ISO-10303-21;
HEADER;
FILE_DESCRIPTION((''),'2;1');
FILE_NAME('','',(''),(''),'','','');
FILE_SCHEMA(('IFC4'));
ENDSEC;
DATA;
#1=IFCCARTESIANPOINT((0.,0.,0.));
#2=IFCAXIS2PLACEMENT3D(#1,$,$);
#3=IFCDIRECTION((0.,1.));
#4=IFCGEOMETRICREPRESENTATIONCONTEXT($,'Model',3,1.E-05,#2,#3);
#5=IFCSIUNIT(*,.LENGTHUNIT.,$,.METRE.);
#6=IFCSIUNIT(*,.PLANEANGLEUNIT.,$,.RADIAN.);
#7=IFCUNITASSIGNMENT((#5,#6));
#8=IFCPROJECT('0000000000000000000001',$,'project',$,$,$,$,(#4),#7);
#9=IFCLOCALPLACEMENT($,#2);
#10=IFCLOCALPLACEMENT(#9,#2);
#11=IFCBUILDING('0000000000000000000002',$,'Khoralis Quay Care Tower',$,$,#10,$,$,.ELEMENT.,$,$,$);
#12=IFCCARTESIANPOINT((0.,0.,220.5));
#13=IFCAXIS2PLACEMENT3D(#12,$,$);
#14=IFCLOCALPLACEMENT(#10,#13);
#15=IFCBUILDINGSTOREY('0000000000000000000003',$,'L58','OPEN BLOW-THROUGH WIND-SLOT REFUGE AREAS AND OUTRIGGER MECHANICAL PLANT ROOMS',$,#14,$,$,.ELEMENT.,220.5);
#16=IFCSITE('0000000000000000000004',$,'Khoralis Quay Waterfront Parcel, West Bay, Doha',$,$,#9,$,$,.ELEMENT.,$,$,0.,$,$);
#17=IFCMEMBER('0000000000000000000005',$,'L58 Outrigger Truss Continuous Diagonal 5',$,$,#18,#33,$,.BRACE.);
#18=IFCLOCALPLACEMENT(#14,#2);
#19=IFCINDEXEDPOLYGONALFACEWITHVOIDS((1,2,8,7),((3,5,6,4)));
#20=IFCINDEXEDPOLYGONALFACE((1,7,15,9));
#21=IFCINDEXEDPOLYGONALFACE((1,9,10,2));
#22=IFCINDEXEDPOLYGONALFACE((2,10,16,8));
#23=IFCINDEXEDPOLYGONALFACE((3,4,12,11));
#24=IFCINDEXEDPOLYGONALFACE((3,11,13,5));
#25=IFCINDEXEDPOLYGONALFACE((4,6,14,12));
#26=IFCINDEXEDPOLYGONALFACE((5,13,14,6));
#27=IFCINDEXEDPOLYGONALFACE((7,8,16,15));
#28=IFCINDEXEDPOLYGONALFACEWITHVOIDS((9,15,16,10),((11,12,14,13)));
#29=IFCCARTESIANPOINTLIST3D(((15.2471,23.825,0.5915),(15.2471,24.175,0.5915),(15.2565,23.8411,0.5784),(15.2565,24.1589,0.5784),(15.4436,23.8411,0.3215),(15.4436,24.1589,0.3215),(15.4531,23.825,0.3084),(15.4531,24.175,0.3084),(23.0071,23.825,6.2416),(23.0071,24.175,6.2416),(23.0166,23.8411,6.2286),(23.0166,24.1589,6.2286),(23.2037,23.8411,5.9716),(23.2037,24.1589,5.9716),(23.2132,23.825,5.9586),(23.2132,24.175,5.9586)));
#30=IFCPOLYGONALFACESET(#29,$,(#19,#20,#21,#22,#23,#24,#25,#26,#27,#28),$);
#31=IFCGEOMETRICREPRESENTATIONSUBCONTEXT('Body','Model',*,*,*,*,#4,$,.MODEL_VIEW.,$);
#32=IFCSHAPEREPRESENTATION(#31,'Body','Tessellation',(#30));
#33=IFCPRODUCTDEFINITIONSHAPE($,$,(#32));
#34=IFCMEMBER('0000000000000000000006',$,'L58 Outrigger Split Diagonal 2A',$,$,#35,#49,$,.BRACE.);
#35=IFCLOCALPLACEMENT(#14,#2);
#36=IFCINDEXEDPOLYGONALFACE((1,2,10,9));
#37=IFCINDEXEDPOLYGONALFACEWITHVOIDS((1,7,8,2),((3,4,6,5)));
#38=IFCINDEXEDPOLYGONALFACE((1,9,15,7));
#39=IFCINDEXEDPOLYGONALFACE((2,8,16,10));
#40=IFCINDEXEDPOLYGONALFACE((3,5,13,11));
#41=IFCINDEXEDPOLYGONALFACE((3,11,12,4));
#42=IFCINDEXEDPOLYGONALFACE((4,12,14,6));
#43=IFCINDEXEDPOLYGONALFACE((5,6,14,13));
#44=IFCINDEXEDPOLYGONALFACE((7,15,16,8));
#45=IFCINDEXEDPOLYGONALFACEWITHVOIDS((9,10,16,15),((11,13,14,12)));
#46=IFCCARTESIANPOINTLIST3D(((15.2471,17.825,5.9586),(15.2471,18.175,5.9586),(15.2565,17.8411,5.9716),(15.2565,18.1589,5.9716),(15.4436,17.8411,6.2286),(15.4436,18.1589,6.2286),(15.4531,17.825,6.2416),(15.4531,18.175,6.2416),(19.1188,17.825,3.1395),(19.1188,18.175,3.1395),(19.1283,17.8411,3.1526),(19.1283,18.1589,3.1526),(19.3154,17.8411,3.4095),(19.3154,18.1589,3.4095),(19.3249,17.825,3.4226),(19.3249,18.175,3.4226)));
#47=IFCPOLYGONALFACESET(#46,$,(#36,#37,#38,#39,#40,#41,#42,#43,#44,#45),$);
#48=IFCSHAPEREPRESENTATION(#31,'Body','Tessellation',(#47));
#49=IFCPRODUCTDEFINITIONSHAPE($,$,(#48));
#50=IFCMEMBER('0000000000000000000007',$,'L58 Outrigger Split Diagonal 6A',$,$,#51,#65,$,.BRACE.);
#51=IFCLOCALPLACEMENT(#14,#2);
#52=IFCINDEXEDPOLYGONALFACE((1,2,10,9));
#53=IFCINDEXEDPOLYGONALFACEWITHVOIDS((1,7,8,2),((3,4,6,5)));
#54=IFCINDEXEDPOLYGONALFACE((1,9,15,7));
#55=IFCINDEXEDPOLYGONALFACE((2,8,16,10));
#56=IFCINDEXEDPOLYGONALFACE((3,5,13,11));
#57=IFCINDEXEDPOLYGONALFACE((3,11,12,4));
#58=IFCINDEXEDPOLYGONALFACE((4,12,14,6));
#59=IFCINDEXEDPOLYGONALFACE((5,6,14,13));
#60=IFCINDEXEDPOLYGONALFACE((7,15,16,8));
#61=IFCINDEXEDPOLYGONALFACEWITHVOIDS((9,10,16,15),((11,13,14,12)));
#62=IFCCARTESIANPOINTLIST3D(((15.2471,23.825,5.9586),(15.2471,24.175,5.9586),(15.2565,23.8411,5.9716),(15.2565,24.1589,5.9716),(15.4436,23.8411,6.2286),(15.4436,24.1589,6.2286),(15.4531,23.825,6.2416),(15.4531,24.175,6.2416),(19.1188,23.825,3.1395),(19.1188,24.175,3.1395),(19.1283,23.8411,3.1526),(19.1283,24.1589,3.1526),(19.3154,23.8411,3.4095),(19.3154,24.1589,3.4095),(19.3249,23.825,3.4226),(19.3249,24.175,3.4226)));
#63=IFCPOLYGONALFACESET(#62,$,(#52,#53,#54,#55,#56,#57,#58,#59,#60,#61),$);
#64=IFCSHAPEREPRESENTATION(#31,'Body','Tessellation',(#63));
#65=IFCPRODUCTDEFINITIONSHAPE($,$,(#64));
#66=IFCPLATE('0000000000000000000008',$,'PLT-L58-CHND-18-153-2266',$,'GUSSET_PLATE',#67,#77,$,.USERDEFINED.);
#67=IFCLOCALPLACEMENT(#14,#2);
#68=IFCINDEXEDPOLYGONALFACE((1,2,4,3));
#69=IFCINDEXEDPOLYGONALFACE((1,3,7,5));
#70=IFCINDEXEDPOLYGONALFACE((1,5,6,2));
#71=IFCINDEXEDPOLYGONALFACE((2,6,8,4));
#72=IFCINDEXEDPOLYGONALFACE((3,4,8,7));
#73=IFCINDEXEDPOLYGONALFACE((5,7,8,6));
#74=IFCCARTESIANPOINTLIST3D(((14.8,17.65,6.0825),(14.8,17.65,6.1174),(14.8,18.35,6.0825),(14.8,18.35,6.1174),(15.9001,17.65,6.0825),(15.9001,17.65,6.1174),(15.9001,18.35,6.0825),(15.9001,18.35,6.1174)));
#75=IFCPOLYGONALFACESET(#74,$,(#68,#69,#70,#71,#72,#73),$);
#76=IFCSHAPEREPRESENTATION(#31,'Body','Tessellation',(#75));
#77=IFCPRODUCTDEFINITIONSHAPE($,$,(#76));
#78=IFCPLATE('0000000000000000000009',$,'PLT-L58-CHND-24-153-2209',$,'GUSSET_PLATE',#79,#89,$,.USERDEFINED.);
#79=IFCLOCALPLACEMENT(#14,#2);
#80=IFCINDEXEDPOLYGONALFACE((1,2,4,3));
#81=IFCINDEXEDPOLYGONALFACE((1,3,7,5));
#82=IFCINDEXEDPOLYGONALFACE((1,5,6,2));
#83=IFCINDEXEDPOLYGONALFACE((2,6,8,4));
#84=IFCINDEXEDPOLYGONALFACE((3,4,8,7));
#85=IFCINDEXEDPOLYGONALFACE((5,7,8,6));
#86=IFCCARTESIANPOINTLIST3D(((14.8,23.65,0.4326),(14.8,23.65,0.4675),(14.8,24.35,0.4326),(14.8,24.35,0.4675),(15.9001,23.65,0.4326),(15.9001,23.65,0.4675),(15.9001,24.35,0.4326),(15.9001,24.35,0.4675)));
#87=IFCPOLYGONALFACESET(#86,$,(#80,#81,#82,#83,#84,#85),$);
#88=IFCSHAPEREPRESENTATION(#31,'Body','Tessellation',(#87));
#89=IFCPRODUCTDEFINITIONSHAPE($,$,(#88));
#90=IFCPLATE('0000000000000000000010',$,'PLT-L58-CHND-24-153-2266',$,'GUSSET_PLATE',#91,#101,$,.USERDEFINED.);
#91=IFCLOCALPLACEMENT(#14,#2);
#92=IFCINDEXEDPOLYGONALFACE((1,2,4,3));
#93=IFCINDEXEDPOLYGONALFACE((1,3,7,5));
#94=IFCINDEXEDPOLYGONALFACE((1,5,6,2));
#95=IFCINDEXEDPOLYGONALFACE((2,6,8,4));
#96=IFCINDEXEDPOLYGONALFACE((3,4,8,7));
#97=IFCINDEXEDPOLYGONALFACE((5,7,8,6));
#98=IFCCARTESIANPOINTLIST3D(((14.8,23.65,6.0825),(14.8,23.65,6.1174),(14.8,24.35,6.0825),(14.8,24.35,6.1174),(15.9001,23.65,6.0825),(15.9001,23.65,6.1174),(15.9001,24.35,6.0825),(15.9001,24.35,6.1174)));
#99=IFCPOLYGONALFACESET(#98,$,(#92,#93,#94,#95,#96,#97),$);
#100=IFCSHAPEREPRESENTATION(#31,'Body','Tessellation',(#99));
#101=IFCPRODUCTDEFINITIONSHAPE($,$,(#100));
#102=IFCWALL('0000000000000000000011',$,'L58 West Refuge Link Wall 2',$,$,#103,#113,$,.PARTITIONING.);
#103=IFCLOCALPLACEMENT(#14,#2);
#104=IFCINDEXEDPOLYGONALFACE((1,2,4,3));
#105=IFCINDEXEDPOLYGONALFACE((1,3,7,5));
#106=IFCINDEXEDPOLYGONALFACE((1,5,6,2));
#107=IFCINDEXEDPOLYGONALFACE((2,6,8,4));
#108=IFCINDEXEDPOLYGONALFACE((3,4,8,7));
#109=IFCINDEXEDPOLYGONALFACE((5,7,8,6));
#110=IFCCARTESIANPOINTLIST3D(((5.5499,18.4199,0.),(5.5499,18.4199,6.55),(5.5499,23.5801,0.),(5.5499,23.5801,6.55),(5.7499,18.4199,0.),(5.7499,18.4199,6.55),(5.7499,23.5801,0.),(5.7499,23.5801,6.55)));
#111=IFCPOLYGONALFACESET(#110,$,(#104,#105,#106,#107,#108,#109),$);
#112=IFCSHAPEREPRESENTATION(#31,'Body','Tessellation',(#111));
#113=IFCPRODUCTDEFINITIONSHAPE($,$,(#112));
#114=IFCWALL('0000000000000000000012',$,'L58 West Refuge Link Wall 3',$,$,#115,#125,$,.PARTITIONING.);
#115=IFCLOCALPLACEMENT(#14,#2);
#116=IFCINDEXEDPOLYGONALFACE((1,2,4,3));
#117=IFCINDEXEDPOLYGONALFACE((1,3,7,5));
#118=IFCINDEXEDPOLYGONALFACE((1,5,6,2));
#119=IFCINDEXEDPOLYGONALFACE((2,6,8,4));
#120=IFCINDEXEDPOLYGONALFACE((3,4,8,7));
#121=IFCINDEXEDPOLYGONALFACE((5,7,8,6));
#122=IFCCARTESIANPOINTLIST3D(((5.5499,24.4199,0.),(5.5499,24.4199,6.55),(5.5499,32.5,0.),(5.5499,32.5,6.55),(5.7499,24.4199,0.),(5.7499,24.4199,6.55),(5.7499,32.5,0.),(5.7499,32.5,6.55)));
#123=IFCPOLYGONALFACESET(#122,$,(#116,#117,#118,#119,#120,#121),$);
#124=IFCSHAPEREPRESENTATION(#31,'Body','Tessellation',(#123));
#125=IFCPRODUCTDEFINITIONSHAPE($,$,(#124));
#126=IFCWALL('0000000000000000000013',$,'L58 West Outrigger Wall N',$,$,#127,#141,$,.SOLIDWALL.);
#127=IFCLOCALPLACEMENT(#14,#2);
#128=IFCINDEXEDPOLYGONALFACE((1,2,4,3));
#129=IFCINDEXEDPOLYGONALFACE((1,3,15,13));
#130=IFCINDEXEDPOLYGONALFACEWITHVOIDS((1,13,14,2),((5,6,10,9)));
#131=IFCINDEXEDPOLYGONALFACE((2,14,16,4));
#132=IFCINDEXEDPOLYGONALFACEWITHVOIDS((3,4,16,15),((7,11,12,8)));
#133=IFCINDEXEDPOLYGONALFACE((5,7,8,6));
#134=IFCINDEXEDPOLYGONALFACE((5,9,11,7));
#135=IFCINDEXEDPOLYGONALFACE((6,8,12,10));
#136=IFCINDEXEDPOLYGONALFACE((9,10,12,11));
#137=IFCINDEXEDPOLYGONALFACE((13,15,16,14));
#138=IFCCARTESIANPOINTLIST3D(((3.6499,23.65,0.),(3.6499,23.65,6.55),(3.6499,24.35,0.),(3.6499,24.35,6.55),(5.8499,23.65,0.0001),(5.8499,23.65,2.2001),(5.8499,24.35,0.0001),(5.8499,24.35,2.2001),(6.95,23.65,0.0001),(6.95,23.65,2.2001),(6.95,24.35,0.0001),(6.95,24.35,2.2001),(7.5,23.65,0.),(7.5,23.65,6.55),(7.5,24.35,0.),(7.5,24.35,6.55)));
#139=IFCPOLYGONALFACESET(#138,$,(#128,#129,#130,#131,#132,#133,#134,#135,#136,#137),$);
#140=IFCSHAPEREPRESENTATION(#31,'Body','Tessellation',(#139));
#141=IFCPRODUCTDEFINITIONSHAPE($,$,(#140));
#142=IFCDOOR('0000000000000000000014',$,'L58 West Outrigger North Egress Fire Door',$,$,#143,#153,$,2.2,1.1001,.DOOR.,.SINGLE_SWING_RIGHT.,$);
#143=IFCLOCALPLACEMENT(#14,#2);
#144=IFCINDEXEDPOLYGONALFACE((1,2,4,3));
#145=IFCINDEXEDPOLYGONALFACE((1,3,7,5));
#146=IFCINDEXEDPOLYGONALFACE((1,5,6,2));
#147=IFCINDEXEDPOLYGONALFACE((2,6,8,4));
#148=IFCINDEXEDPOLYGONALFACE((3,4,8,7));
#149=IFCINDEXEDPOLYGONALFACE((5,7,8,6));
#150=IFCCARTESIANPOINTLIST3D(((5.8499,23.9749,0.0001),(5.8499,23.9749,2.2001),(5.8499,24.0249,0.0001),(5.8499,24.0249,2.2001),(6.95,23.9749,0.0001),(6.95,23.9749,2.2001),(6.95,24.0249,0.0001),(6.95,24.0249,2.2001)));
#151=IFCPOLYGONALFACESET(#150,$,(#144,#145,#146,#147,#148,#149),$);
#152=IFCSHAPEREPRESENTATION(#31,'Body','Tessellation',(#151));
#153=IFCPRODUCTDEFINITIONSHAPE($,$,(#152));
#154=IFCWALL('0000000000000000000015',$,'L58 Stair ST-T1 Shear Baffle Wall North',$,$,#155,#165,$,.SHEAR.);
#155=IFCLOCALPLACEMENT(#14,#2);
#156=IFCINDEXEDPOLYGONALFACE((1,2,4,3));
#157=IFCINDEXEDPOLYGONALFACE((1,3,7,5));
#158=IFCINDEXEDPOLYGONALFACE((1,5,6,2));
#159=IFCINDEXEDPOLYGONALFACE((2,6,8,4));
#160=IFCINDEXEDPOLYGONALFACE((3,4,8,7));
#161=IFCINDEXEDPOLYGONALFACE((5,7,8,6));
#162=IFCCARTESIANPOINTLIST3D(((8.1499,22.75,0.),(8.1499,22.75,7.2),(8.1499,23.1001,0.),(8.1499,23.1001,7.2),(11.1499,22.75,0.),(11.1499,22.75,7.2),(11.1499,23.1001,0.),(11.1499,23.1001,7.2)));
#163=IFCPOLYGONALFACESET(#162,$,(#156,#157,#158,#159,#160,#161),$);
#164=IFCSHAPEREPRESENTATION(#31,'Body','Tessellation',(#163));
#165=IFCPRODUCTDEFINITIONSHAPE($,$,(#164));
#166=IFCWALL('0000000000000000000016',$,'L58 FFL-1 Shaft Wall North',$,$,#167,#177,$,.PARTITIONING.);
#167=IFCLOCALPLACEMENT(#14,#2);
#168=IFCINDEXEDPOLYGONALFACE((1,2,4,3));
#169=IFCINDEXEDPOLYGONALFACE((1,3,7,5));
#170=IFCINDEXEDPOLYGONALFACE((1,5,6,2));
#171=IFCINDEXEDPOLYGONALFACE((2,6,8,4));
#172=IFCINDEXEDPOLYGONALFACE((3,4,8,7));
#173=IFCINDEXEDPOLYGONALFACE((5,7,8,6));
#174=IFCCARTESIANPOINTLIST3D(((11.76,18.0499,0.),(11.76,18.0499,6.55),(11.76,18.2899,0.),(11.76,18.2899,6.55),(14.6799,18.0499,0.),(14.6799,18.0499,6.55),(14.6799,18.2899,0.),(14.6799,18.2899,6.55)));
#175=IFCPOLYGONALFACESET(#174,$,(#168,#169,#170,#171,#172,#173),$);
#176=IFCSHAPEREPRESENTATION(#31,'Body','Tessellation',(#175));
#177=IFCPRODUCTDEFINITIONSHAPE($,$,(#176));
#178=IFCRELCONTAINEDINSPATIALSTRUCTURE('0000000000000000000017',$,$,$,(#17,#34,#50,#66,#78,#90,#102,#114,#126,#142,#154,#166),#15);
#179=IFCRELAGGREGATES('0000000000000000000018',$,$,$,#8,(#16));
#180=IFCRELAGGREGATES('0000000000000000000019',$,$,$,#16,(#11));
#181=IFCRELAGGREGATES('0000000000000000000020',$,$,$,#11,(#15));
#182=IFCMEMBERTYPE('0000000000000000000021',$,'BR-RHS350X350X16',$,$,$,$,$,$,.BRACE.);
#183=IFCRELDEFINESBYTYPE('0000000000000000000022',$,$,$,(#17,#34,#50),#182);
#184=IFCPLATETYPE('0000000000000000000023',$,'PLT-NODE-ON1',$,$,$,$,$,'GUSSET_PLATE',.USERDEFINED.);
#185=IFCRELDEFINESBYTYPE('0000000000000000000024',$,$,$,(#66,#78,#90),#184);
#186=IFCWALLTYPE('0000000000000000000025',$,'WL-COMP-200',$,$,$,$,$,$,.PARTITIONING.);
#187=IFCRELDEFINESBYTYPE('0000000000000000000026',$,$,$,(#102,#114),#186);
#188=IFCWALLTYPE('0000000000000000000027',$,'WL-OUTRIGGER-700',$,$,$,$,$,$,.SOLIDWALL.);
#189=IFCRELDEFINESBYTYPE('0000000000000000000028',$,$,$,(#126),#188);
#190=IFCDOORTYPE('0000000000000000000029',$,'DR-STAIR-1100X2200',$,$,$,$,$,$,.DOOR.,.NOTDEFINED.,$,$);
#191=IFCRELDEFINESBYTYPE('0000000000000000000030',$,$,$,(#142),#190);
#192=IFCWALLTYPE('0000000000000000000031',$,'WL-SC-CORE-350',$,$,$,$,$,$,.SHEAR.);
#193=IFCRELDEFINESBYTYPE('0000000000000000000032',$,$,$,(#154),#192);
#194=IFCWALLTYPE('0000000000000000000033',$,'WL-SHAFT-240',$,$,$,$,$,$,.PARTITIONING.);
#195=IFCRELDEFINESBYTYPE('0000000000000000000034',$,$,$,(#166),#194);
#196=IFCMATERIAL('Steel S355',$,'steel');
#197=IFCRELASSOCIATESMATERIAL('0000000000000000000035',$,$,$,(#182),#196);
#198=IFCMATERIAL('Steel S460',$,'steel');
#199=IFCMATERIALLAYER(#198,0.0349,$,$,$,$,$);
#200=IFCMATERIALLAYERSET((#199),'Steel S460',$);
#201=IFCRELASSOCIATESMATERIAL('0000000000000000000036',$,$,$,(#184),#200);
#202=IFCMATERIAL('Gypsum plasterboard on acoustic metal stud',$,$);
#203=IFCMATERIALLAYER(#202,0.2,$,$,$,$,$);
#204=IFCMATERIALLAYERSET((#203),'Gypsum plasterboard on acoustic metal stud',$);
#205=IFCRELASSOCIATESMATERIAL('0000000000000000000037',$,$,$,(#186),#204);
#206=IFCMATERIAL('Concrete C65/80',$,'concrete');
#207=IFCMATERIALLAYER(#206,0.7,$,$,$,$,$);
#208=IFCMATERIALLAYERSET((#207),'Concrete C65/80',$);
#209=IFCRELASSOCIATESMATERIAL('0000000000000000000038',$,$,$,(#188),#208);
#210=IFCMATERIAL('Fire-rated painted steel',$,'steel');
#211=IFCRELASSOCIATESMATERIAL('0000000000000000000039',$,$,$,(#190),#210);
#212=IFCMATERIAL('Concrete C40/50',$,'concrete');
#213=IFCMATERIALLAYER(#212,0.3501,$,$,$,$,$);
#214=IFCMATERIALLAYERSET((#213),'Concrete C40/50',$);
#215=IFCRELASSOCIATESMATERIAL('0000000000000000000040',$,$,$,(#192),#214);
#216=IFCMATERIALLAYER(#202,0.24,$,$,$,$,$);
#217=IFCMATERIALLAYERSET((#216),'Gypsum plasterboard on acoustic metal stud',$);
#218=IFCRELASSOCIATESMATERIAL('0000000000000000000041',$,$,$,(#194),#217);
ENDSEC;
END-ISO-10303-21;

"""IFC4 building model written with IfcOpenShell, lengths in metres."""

from ifc_helpers import new_model, si_unit, direction, frame, frame_2d, origin, origin_2d, place, context, subcontext, project, spatial, rectangle, hollow_rectangle, extrude, source, transform, mapped, material, layer, layer_set, material_profile, profile_set, type_object, element, fill, save


model = new_model("IFC4")

# Units and contexts
model_context = context("Model", 3, precision=1e-05, world=origin(), true_north=direction((0.0, 1.0)))
body_context = subcontext(model_context, "Body", "Model", "MODEL_VIEW")
ifc_project = project(units=[si_unit("LENGTHUNIT", "METRE"), si_unit("PLANEANGLEUNIT", "RADIAN")], contexts=[model_context])

# Site, building, storey
site_placement = place(None, origin())
site = spatial("IfcSite", under=ifc_project, at=site_placement, Name="Khoralis Quay Waterfront Parcel, West Bay, Doha", CompositionType="ELEMENT", RefElevation=0.0)
building_placement = place(site_placement, origin())
building = spatial("IfcBuilding", under=site, at=building_placement, Name="Khoralis Quay Care Tower", CompositionType="ELEMENT")
storey_placement = place(building_placement, frame((0.0, 0.0, 220.5)))
storey = spatial("IfcBuildingStorey", under=building, at=storey_placement, Name="L58", Description="OPEN BLOW-THROUGH WIND-SLOT REFUGE AREAS AND OUTRIGGER MECHANICAL PLANT ROOMS", CompositionType="ELEMENT", Elevation=220.5)

# Shared definitions
ifc_material_1 = material(Name="Concrete C65/80", Category="concrete")

# Shared definitions
ifc_material_2 = material(Name="Steel S355", Category="steel")

# Members
ifc_material_profile_1 = material_profile(ifc_material_2, hollow_rectangle(XDim=0.3501, YDim=0.3501, WallThickness=0.0161, at=origin_2d()), Name="Steel S355")
ifc_profile_set_1 = profile_set([ifc_material_profile_1], Name="Steel S355")
member_type_1 = type_object("IfcMemberType", Name="BR-RHS350X350X16", PredefinedType="BRACE", material=ifc_profile_set_1)
shared_shape_1 = source(origin(), body_context, "Body", "SweptSolid", [
    extrude(hollow_rectangle(XDim=0.3501, YDim=0.3501, WallThickness=0.0161, at=origin_2d()), origin(), (0.0, 0.0, 1.0), 9.5991),
])
for number, where, z_axis, x_axis, name in (
    (1, (15.3501, 24.0, 0.45), (0.808414, 0.0, 0.588615), (0.0, 1.0, 0.0), "L58 Outrigger Truss Continuous Diagonal 5"),
):
    element("IfcMember", number, at=place(storey_placement, frame(where, z_axis=z_axis, x_axis=x_axis)), inside=storey, type_object=member_type_1, Name=name, PredefinedType="BRACE", context=body_context, shape_type="MappedRepresentation", body=[
        mapped(shared_shape_1, transform((0.0, 0.0, 0.0), scale=1.0)),
    ])
shared_shape_2 = source(origin(), body_context, "Body", "SweptSolid", [
    extrude(hollow_rectangle(XDim=0.3501, YDim=0.3501, WallThickness=0.0161, at=origin_2d()), origin(), (0.0, 0.0, 1.0), 4.7893),
])
for number, where, z_axis, x_axis, name in (
    (2, (15.3501, 18.0, 6.1001), (0.808416, 0.0, -0.588611), (0.0, 1.0, 0.0), "L58 Outrigger Split Diagonal 2A"),
    (3, (15.3501, 24.0, 6.1001), (0.808416, 0.0, -0.588611), (0.0, 1.0, 0.0), "L58 Outrigger Split Diagonal 6A"),
):
    element("IfcMember", number, at=place(storey_placement, frame(where, z_axis=z_axis, x_axis=x_axis)), inside=storey, type_object=member_type_1, Name=name, PredefinedType="BRACE", context=body_context, shape_type="MappedRepresentation", body=[
        mapped(shared_shape_2, transform((0.0, 0.0, 0.0), scale=1.0)),
    ])

# Plates
ifc_material_3 = material(Name="Steel S460", Category="steel")
ifc_layer_1 = layer(ifc_material_3, 0.0349)
ifc_layer_set_1 = layer_set([ifc_layer_1], Name="Steel S460")
plate_type = type_object("IfcPlateType", Name="PLT-NODE-ON1", ElementType="GUSSET_PLATE", PredefinedType="USERDEFINED", material=ifc_layer_set_1)
shared_shape_3 = source(origin(), body_context, "Body", "SweptSolid", [
    extrude(rectangle(XDim=1.1001, YDim=0.7, at=origin_2d()), origin(), (0.0, 0.0, 1.0), 0.0349),
])
for number, where, z_axis, x_axis, name in (
    (4, (15.3501, 18.0, 6.0825), (0.0, 0.0, 1.0), (1.0, 0.0, 0.0), "PLT-L58-CHND-18-153-2266"),
    (5, (15.3501, 24.0, 0.4326), (0.0, 0.0, 1.0), (1.0, 0.0, 0.0), "PLT-L58-CHND-24-153-2209"),
    (6, (15.3501, 24.0, 6.0825), (0.0, 0.0, 1.0), (1.0, 0.0, 0.0), "PLT-L58-CHND-24-153-2266"),
):
    element("IfcPlate", number, at=place(storey_placement, frame(where, z_axis=z_axis, x_axis=x_axis)), inside=storey, type_object=plate_type, Name=name, ObjectType="GUSSET_PLATE", PredefinedType="USERDEFINED", context=body_context, shape_type="MappedRepresentation", body=[
        mapped(shared_shape_3, transform((0.0, 0.0, 0.0), scale=1.0)),
    ])

# Walls
ifc_material_4 = material(Name="Gypsum plasterboard on acoustic metal stud")
ifc_layer_2 = layer(ifc_material_4, 0.2)
ifc_layer_set_2 = layer_set([ifc_layer_2], Name="Gypsum plasterboard on acoustic metal stud")
wall_type_1 = type_object("IfcWallType", Name="WL-COMP-200", PredefinedType="PARTITIONING", material=ifc_layer_set_2)
wall_1_placement = place(storey_placement, frame((5.6499, 18.4199, 0.0), z_axis=(0.0, 0.0, 1.0), x_axis=(0.0, 1.0, 0.0)))
element("IfcWall", 7, at=wall_1_placement, inside=storey, type_object=wall_type_1, Name="L58 West Refuge Link Wall 2", PredefinedType="PARTITIONING", context=body_context, shape_type="SweptSolid", body=[
    extrude(rectangle(XDim=5.1602, YDim=0.2, at=frame_2d((2.5801, 0.0))), origin(), (0.0, 0.0, 1.0), 6.55),
])
wall_2_placement = place(storey_placement, frame((5.6499, 24.4199, 0.0), z_axis=(0.0, 0.0, 1.0), x_axis=(0.0, 1.0, 0.0)))
element("IfcWall", 8, at=wall_2_placement, inside=storey, type_object=wall_type_1, Name="L58 West Refuge Link Wall 3", PredefinedType="PARTITIONING", context=body_context, shape_type="SweptSolid", body=[
    extrude(rectangle(XDim=8.0801, YDim=0.2, at=frame_2d((4.04, 0.0))), origin(), (0.0, 0.0, 1.0), 6.55),
])

# Wall, opening, door
ifc_layer_3 = layer(ifc_material_1, 0.7)
ifc_layer_set_3 = layer_set([ifc_layer_3], Name="Concrete C65/80")
wall_type_2 = type_object("IfcWallType", Name="WL-OUTRIGGER-700", PredefinedType="SOLIDWALL", material=ifc_layer_set_3)
wall_3_placement = place(storey_placement, frame((3.6499, 24.0, 0.0), z_axis=(0.0, 0.0, 1.0), x_axis=(1.0, 0.0, 0.0)))
wall_3 = element("IfcWall", 9, at=wall_3_placement, inside=storey, type_object=wall_type_2, Name="L58 West Outrigger Wall N", PredefinedType="SOLIDWALL", context=body_context, shape_type="SweptSolid", body=[
    extrude(rectangle(XDim=3.8501, YDim=0.7, at=frame_2d((1.925, 0.0))), origin(), (0.0, 0.0, 1.0), 6.55),
])
opening_placement = place(wall_3_placement, frame((2.2, 0.0, 0.0)))
opening = element("IfcOpeningElement", 10, at=opening_placement, cuts=wall_3, PredefinedType="OPENING", context=body_context, shape_type="SweptSolid", body=[
    extrude(rectangle(XDim=1.1001, YDim=2.2, at=frame_2d((0.55, 1.1001))), frame((0.0, 0.3599, 0.0), z_axis=(0.0, -1.0, 0.0), x_axis=(1.0, 0.0, 0.0)), (0.0, 0.0, 1.0), 0.72),
])
ifc_material_5 = material(Name="Fire-rated painted steel", Category="steel")
door_type = type_object("IfcDoorType", Name="DR-STAIR-1100X2200", OperationType="NOTDEFINED", PredefinedType="DOOR", material=ifc_material_5)
shared_shape_4 = source(origin(), body_context, "Body", "SweptSolid", [
    extrude(rectangle(XDim=1.1001, YDim=2.2, at=frame_2d((0.55, 1.1001))), frame((0.0, 0.0249, 0.0), z_axis=(0.0, -1.0, 0.0), x_axis=(1.0, 0.0, 0.0)), (0.0, 0.0, 1.0), 0.05),
])
door_placement = place(opening_placement, origin())
door = element("IfcDoor", 11, at=door_placement, inside=storey, type_object=door_type, Name="L58 West Outrigger North Egress Fire Door", OperationType="SINGLE_SWING_RIGHT", OverallHeight=2.2, OverallWidth=1.1001, PredefinedType="DOOR", context=body_context, shape_type="MappedRepresentation", body=[
    mapped(shared_shape_4, transform((0.0, 0.0, 0.0), scale=1.0)),
])
fill(opening, door)

# Walls
ifc_material_6 = material(Name="Concrete C40/50", Category="concrete")
ifc_layer_4 = layer(ifc_material_6, 0.3501)
ifc_layer_set_4 = layer_set([ifc_layer_4], Name="Concrete C40/50")
wall_type_3 = type_object("IfcWallType", Name="WL-SC-CORE-350", PredefinedType="SHEAR", material=ifc_layer_set_4)
wall_4_placement = place(storey_placement, frame((8.1499, 22.925, 0.0), z_axis=(0.0, 0.0, 1.0), x_axis=(1.0, 0.0, 0.0)))
element("IfcWall", 12, at=wall_4_placement, inside=storey, type_object=wall_type_3, Name="L58 Stair ST-T1 Shear Baffle Wall North", PredefinedType="SHEAR", context=body_context, shape_type="SweptSolid", body=[
    extrude(rectangle(XDim=3.0, YDim=0.3501, at=frame_2d((1.5, 0.0))), origin(), (0.0, 0.0, 1.0), 7.2),
])
ifc_layer_5 = layer(ifc_material_4, 0.24)
ifc_layer_set_5 = layer_set([ifc_layer_5], Name="Gypsum plasterboard on acoustic metal stud")
wall_type_4 = type_object("IfcWallType", Name="WL-SHAFT-240", PredefinedType="PARTITIONING", material=ifc_layer_set_5)
wall_5_placement = place(storey_placement, frame((11.76, 18.1699, 0.0), z_axis=(0.0, 0.0, 1.0), x_axis=(1.0, 0.0, 0.0)))
element("IfcWall", 13, at=wall_5_placement, inside=storey, type_object=wall_type_4, Name="L58 FFL-1 Shaft Wall North", PredefinedType="PARTITIONING", context=body_context, shape_type="SweptSolid", body=[
    extrude(rectangle(XDim=2.9199, YDim=0.24, at=frame_2d((1.46, 0.0))), origin(), (0.0, 0.0, 1.0), 6.55),
])

save(model, "model.ifc")
